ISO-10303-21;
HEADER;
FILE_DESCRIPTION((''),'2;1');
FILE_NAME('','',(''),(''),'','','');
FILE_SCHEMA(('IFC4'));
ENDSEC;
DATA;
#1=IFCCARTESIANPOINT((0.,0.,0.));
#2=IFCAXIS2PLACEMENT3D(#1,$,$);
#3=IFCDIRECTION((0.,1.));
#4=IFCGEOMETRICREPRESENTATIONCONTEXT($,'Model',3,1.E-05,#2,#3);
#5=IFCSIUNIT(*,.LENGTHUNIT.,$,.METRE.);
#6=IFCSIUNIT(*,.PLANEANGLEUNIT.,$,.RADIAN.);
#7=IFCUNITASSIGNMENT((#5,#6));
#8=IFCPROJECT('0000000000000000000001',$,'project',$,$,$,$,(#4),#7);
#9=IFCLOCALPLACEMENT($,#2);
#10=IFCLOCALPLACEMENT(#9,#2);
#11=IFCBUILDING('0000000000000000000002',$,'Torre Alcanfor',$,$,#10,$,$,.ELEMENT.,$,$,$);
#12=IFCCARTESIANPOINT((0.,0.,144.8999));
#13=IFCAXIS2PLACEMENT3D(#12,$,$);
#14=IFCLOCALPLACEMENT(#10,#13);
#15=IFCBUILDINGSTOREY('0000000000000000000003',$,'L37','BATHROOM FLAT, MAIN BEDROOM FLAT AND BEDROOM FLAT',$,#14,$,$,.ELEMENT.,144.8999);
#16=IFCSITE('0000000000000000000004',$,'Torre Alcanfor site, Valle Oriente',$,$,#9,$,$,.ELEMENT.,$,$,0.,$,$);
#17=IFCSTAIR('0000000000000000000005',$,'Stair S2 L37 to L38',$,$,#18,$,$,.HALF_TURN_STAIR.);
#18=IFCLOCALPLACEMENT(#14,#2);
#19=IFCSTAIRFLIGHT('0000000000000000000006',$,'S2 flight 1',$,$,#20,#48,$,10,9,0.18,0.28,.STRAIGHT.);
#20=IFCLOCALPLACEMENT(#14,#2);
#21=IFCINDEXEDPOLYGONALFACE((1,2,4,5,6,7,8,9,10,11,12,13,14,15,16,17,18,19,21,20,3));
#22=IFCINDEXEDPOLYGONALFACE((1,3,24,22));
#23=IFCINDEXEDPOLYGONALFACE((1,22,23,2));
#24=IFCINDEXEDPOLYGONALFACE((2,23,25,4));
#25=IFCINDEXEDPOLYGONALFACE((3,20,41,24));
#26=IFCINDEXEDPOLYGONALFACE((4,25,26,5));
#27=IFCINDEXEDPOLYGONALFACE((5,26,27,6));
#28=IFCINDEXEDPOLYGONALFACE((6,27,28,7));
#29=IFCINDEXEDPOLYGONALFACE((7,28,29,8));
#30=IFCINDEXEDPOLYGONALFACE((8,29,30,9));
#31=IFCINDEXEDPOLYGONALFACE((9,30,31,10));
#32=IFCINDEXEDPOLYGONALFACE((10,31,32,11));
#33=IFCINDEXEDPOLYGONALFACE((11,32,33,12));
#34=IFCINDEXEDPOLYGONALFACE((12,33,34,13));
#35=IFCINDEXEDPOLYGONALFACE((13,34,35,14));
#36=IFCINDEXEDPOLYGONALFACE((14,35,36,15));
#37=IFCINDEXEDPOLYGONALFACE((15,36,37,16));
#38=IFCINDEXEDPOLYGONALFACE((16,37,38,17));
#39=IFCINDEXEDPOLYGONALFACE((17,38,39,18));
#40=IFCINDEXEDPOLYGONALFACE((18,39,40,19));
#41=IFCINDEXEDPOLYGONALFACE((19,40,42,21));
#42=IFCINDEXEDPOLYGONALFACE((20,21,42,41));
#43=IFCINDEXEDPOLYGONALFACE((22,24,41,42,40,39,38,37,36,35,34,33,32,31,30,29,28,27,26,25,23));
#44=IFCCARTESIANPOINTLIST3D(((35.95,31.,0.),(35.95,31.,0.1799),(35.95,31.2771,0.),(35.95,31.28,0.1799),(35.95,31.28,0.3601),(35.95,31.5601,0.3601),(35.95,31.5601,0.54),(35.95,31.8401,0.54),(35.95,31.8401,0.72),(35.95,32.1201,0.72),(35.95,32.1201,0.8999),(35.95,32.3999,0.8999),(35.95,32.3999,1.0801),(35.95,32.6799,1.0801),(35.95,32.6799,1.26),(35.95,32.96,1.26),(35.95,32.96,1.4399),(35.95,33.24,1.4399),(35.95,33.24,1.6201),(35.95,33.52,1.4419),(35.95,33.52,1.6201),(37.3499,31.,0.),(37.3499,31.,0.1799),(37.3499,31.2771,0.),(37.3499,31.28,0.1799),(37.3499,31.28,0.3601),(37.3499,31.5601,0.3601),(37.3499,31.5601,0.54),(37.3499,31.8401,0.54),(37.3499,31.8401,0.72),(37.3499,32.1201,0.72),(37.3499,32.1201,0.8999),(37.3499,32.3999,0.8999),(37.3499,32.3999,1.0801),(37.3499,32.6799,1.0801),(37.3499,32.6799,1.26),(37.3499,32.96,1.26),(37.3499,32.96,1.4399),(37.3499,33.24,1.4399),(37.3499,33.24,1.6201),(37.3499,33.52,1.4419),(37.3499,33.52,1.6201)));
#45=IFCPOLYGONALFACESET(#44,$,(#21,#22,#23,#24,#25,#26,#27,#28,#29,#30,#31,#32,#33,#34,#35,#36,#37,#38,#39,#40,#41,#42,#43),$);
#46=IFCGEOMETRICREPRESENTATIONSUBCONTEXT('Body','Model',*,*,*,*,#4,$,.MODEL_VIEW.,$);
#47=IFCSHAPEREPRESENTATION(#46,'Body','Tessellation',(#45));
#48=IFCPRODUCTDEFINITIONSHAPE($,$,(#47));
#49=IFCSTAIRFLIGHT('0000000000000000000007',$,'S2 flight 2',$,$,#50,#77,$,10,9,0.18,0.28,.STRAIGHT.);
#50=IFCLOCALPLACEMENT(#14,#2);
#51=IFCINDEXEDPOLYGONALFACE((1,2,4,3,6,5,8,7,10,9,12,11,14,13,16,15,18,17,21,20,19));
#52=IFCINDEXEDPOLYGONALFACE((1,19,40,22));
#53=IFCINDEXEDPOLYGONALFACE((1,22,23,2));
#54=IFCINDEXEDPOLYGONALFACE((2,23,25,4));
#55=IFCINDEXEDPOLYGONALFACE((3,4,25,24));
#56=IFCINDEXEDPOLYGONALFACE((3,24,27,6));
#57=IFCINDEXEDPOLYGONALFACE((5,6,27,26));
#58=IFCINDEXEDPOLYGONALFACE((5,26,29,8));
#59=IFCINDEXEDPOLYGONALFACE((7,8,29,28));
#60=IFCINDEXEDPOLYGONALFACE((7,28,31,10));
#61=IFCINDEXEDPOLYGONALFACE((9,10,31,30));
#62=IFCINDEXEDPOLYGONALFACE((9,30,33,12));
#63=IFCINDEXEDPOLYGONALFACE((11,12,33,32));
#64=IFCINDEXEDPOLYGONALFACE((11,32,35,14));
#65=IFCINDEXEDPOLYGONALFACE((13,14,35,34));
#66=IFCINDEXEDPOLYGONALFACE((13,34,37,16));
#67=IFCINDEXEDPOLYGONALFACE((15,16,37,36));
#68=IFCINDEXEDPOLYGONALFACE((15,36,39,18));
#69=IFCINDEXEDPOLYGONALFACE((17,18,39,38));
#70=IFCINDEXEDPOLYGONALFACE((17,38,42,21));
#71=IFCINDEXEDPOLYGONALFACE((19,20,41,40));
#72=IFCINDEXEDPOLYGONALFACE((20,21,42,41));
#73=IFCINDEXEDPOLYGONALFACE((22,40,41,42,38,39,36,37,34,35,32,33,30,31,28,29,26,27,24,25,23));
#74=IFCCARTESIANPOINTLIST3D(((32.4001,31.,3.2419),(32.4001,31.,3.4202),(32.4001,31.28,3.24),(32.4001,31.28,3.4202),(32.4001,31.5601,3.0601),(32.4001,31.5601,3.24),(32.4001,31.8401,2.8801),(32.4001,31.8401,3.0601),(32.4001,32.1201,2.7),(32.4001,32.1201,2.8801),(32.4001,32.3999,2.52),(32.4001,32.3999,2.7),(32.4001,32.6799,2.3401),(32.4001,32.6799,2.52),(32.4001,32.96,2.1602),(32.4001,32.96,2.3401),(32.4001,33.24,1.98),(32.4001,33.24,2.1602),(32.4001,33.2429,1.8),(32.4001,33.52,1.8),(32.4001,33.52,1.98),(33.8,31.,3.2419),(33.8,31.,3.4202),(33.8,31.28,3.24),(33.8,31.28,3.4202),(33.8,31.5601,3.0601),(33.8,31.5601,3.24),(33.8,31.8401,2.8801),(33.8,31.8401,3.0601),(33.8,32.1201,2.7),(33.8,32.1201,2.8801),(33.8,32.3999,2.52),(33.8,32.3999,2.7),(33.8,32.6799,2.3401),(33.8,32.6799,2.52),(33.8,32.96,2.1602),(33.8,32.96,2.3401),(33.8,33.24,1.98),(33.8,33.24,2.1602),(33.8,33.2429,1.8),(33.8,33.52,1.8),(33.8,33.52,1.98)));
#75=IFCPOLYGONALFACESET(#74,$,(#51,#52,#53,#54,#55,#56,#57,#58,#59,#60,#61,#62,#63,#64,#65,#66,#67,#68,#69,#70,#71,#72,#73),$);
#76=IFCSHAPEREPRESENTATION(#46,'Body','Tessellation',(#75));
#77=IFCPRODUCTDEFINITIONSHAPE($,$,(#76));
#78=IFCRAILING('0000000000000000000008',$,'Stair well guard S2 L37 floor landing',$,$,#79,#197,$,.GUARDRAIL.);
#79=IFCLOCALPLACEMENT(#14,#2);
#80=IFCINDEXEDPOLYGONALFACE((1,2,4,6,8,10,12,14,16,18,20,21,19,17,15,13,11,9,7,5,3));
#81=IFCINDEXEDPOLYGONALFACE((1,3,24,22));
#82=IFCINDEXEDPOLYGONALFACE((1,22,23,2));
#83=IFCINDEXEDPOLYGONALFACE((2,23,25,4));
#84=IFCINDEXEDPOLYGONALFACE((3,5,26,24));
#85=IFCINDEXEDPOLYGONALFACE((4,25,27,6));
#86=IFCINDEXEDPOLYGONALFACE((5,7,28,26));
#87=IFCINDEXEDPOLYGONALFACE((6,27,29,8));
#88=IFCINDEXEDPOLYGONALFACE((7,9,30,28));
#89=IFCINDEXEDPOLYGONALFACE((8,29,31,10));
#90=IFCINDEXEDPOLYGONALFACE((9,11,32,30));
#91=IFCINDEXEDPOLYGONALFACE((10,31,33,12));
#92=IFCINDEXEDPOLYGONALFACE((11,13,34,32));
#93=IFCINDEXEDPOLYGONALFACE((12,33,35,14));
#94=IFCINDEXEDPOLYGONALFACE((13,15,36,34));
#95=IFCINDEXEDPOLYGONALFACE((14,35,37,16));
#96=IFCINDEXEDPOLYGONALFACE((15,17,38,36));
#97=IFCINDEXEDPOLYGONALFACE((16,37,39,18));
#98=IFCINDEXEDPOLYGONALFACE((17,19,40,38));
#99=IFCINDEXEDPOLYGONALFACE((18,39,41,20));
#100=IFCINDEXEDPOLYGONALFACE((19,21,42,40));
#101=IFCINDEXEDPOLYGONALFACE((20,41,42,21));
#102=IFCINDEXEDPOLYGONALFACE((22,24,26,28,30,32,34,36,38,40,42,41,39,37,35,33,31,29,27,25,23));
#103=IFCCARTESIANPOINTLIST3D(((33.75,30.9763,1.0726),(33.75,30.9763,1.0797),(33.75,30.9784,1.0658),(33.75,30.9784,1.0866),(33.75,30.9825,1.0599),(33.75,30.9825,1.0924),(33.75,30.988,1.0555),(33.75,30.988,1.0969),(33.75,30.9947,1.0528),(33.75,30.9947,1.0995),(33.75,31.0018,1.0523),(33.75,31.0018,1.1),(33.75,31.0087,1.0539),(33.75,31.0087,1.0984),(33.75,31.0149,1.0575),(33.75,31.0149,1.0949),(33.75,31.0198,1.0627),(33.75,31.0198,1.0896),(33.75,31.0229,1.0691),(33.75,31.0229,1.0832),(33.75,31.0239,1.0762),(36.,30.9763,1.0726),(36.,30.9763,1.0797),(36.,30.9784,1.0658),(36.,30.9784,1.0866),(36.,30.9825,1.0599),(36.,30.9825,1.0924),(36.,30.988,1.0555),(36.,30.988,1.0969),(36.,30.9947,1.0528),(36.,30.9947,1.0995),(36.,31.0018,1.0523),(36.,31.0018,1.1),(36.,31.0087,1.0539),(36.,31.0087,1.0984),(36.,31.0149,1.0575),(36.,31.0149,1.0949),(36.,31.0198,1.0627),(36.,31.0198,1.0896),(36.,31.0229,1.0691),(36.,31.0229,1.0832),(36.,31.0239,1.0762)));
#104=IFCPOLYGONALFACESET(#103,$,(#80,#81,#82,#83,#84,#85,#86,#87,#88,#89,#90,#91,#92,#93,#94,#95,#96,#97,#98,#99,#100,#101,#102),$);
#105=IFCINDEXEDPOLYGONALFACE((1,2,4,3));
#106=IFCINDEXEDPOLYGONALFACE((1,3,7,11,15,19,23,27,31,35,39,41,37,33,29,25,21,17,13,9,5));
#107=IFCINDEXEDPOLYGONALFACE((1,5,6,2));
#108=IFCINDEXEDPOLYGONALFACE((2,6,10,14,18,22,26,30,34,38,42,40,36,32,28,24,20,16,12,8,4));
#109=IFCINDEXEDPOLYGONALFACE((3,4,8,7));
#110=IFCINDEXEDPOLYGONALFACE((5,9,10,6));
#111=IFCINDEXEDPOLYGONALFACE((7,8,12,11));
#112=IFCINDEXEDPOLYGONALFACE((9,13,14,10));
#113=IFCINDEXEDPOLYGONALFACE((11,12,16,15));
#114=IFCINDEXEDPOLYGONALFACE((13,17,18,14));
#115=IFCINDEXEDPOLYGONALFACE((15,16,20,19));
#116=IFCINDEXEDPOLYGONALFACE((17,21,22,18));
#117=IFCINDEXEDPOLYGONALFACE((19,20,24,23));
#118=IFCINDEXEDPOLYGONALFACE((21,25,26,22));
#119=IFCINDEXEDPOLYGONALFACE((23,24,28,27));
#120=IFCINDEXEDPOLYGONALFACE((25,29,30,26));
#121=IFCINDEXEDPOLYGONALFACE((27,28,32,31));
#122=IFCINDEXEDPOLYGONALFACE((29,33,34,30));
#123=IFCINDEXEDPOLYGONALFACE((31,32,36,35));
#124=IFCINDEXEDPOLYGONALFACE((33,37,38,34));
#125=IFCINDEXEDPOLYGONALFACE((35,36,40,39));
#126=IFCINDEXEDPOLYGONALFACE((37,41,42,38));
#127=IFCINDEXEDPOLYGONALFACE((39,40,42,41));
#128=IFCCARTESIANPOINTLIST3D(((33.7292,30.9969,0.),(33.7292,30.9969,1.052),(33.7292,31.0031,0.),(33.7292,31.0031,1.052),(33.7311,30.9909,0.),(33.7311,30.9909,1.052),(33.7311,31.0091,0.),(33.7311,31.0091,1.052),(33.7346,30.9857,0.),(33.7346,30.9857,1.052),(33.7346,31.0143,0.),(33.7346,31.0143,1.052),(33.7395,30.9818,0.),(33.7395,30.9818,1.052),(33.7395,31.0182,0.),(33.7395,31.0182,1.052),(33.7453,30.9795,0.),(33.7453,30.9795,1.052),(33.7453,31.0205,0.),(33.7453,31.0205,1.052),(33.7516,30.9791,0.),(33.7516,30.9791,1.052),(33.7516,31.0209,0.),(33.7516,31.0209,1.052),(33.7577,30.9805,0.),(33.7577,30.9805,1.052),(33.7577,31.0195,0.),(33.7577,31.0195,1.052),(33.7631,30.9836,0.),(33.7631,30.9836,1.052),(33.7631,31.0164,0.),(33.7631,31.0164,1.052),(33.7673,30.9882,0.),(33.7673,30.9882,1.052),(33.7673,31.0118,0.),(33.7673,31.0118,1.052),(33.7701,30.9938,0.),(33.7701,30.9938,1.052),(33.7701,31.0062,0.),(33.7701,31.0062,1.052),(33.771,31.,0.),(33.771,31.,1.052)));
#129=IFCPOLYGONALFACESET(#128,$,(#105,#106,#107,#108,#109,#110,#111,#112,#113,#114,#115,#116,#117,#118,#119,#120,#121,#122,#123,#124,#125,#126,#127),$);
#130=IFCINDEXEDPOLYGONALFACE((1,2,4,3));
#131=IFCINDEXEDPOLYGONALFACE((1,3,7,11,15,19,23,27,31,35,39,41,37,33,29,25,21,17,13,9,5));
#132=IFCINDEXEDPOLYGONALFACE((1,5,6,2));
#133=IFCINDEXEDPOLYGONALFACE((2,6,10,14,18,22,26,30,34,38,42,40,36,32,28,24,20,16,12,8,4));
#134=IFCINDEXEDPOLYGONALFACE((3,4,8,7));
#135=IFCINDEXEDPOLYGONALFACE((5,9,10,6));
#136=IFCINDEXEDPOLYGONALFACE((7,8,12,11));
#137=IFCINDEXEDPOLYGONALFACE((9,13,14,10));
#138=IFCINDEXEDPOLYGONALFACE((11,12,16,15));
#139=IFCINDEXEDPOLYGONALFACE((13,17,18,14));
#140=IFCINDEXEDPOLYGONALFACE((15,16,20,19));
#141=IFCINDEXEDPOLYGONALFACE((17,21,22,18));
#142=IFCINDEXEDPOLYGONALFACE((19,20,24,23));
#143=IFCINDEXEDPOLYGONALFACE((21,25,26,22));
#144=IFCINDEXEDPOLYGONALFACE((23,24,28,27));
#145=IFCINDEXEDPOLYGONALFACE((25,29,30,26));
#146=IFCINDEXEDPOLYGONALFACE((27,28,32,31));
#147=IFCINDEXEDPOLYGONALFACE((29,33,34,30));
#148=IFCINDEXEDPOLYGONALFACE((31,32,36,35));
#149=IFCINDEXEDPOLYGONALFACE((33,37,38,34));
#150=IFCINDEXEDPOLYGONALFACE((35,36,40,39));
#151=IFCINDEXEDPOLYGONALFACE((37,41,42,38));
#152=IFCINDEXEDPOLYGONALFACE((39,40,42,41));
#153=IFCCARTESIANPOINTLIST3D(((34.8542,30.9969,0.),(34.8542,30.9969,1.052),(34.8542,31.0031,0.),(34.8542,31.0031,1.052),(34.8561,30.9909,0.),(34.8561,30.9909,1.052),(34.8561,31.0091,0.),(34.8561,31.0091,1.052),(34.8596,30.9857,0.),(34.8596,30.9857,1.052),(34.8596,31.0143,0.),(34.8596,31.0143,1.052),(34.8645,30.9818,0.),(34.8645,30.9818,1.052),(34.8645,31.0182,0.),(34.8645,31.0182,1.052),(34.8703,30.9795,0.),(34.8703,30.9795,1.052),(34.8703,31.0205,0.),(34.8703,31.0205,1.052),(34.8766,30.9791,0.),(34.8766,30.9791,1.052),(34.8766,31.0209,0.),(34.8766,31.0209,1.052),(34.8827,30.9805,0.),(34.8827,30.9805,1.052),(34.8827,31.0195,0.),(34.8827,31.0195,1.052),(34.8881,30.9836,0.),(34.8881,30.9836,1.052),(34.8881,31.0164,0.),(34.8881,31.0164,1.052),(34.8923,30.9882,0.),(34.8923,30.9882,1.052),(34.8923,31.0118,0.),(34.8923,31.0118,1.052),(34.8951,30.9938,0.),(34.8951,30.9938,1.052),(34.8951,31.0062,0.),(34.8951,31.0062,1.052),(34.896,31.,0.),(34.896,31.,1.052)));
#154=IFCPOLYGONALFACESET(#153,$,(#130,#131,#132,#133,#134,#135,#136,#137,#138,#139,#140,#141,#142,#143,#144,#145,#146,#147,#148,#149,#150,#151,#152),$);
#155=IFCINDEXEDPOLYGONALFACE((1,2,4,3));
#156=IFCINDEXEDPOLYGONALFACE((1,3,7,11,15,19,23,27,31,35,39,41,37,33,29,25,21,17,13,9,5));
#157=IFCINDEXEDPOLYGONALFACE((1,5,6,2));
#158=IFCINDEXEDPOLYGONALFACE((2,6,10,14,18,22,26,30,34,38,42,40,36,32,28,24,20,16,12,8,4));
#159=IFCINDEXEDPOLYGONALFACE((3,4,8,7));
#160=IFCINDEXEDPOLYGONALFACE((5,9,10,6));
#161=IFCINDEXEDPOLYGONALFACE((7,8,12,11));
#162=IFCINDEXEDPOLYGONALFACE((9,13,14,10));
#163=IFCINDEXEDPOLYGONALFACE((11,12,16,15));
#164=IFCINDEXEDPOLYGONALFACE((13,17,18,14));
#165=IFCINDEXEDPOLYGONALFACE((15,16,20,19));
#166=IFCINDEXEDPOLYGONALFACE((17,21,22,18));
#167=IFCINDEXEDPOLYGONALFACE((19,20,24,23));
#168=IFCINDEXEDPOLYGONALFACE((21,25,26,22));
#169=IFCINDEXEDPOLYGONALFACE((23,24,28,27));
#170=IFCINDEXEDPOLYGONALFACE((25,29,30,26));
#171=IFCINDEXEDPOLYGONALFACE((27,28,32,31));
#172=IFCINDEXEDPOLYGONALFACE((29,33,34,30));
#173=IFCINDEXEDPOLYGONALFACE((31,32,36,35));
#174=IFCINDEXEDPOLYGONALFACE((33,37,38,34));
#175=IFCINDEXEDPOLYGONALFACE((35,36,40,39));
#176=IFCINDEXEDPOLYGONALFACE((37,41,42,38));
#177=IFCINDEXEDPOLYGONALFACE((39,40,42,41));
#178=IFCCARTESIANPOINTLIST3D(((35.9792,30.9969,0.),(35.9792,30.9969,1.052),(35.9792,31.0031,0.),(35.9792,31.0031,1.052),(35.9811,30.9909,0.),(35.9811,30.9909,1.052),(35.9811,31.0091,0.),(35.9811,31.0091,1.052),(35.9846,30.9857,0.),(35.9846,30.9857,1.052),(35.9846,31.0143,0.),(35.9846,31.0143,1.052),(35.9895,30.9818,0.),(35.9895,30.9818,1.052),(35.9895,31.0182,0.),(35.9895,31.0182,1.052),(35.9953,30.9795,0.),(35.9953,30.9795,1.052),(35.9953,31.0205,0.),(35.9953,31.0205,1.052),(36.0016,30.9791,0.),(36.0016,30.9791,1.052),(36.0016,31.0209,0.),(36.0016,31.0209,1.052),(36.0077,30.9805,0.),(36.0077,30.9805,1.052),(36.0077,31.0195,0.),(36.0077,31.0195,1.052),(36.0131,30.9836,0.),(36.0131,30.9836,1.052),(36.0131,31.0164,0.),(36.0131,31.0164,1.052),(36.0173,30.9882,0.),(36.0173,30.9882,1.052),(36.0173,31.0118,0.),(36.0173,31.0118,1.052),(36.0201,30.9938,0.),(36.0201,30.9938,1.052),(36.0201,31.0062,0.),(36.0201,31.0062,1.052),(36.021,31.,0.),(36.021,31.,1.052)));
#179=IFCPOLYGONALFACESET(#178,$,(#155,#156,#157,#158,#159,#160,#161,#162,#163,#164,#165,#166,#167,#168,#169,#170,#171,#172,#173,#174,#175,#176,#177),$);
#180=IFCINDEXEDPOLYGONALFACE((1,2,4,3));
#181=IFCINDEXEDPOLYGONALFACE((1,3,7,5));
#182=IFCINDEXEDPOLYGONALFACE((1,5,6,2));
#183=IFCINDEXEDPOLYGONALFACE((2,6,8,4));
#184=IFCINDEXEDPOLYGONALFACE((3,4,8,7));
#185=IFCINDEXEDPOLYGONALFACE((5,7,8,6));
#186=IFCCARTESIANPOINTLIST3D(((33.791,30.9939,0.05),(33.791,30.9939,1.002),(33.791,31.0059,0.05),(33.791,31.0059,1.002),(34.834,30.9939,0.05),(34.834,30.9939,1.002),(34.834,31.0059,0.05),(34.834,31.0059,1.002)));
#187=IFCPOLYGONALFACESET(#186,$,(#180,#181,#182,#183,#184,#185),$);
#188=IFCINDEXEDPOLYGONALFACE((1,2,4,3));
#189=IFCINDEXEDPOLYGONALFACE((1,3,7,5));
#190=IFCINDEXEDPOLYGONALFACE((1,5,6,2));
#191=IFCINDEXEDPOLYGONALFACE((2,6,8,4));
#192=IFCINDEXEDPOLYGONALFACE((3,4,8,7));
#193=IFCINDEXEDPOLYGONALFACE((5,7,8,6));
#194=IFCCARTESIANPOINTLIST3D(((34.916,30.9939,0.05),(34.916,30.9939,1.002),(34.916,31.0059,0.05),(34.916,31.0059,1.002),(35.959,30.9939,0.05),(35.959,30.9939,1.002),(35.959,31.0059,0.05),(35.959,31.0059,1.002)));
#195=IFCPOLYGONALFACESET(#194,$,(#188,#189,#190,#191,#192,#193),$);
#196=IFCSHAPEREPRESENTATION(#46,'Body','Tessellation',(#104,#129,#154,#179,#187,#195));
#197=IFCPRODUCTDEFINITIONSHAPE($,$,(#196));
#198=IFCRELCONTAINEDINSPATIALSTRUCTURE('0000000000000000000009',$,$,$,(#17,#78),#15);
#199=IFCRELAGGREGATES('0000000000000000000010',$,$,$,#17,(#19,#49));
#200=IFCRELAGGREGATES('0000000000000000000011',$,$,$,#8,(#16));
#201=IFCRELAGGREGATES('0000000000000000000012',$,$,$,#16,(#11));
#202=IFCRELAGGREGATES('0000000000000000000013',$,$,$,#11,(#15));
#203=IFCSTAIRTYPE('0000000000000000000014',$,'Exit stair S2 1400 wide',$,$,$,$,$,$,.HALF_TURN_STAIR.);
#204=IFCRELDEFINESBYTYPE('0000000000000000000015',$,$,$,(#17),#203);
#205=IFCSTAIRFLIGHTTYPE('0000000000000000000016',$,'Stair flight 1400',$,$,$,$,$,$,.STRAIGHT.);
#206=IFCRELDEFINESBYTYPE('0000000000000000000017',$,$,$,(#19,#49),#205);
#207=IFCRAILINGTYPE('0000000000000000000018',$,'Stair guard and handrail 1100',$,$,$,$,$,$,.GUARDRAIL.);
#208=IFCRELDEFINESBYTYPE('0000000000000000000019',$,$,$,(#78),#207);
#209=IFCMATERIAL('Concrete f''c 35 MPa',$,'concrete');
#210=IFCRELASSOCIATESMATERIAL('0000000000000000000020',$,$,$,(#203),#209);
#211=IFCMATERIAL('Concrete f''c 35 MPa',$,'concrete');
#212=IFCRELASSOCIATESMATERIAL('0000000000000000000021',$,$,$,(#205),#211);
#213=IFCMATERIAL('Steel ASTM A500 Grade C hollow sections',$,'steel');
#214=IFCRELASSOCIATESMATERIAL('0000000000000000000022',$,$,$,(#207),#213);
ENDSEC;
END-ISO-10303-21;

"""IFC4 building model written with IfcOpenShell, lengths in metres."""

from ifc_helpers import new_model, si_unit, direction, frame, origin, origin_2d, place, context, subcontext, project, spatial, polyline, circle, outline, extrude, material, type_object, element, aggregate, save


model = new_model("IFC4")

# Units and contexts
model_context = context("Model", 3, precision=1e-05, world=origin(), true_north=direction((0.0, 1.0)))
body_context = subcontext(model_context, "Body", "Model", "MODEL_VIEW")
ifc_project = project(units=[si_unit("LENGTHUNIT", "METRE"), si_unit("PLANEANGLEUNIT", "RADIAN")], contexts=[model_context])

# Site, building, storey
site_placement = place(None, origin())
site = spatial("IfcSite", under=ifc_project, at=site_placement, Name="Torre Alcanfor site, Valle Oriente", CompositionType="ELEMENT", RefElevation=0.0)
building_placement = place(site_placement, origin())
building = spatial("IfcBuilding", under=site, at=building_placement, Name="Torre Alcanfor", CompositionType="ELEMENT")
storey_placement = place(building_placement, frame((0.0, 0.0, 144.8999)))
storey = spatial("IfcBuildingStorey", under=building, at=storey_placement, Name="L37", Description="BATHROOM FLAT, MAIN BEDROOM FLAT AND BEDROOM FLAT", CompositionType="ELEMENT", Elevation=144.8999)

# Stair, stair flights
ifc_material_1 = material(Name="Concrete f'c 35 MPa", Category="concrete")
stair_type = type_object("IfcStairType", Name="Exit stair S2 1400 wide", PredefinedType="HALF_TURN_STAIR", material=ifc_material_1)
stair_placement = place(storey_placement, origin())
stair = element("IfcStair", 1, at=stair_placement, inside=storey, type_object=stair_type, Name="Stair S2 L37 to L38", PredefinedType="HALF_TURN_STAIR")
ifc_material_2 = material(Name="Concrete f'c 35 MPa", Category="concrete")
stair_flight_type = type_object("IfcStairFlightType", Name="Stair flight 1400", PredefinedType="STRAIGHT", material=ifc_material_2)
stair_flight_1_placement = place(storey_placement, frame((36.6499, 31.0, 0.0), z_axis=(0.0, 0.0, 1.0), x_axis=(0.0, 1.0, 0.0)))
stair_flight_1 = element("IfcStairFlight", 2, at=stair_flight_1_placement, type_object=stair_flight_type, Name="S2 flight 1", NumberOfRisers=10, NumberOfTreads=9, PredefinedType="STRAIGHT", RiserHeight=0.18, TreadLength=0.28, context=body_context, shape_type="SweptSolid", body=[
    extrude(outline(polyline([(0.0, 0.0), (0.0, 0.1799), (0.28, 0.1799), (0.28, 0.3601), (0.5601, 0.3601), (0.5601, 0.54), (0.8401, 0.54), (0.8401, 0.72), (1.1201, 0.72), (1.1201, 0.8999), (1.3999, 0.8999), (1.3999, 1.0801), (1.6799, 1.0801), (1.6799, 1.26), (1.96, 1.26), (1.96, 1.4399), (2.24, 1.4399), (2.24, 1.6201), (2.52, 1.6201), (2.52, 1.8), (2.52, 1.4419), (0.2771, 0.0), (0.0, 0.0)])), frame((0.0, 0.7, 0.0), z_axis=(0.0, -1.0, 0.0), x_axis=(1.0, 0.0, 0.0)), (0.0, 0.0, 1.0), 1.3999),
])
stair_flight_2_placement = place(storey_placement, frame((33.1001, 33.52, 1.8), z_axis=(0.0, 0.0, 1.0), x_axis=(0.0, -1.0, 0.0)))
stair_flight_2 = element("IfcStairFlight", 3, at=stair_flight_2_placement, type_object=stair_flight_type, Name="S2 flight 2", NumberOfRisers=10, NumberOfTreads=9, PredefinedType="STRAIGHT", RiserHeight=0.18, TreadLength=0.28, context=body_context, shape_type="SweptSolid", body=[
    extrude(outline(polyline([(0.0, 0.0), (0.0, 0.1799), (0.28, 0.1799), (0.28, 0.3601), (0.5601, 0.3601), (0.5601, 0.54), (0.8401, 0.54), (0.8401, 0.72), (1.1201, 0.72), (1.1201, 0.8999), (1.3999, 0.8999), (1.3999, 1.0801), (1.6799, 1.0801), (1.6799, 1.26), (1.96, 1.26), (1.96, 1.4399), (2.24, 1.4399), (2.24, 1.6201), (2.52, 1.6201), (2.52, 1.8), (2.52, 1.4419), (0.2771, 0.0), (0.0, 0.0)])), frame((0.0, 0.7, 0.0), z_axis=(0.0, -1.0, 0.0), x_axis=(1.0, 0.0, 0.0)), (0.0, 0.0, 1.0), 1.3999),
])
aggregate(stair, [stair_flight_1, stair_flight_2])

# Railing
ifc_material_3 = material(Name="Steel ASTM A500 Grade C hollow sections", Category="steel")
railing_type_1 = type_object("IfcRailingType", Name="Stair guard and handrail 1100", PredefinedType="GUARDRAIL", material=ifc_material_3)
for number, where, name in (
    (4, (33.75, 31.0, 0.0), "Stair well guard S2 L37 floor landing"),
):
    element("IfcRailing", number, at=place(storey_placement, frame(where)), inside=storey, type_object=railing_type_1, Name=name, PredefinedType="GUARDRAIL", context=body_context, shape_type="SweptSolid", body=[
        extrude(circle(Radius=0.0239, at=origin_2d()), frame((0.0, 0.0, 1.0762), z_axis=(1.0, 0.0, 0.0), x_axis=(0.0, 1.0, 0.0)), (0.0, 0.0, 1.0), 2.25),
        extrude(circle(Radius=0.021, at=origin_2d()), origin(), (0.0, 0.0, 1.0), 1.052),
        extrude(circle(Radius=0.021, at=origin_2d()), frame((1.125, 0.0, 0.0)), (0.0, 0.0, 1.0), 1.052),
        extrude(circle(Radius=0.021, at=origin_2d()), frame((2.25, 0.0, 0.0)), (0.0, 0.0, 1.0), 1.052),
        extrude(outline(polyline([(0.041, 0.05), (1.084, 0.05), (1.084, 1.002), (0.041, 1.002), (0.041, 0.05)])), frame((0.0, 0.0059, 0.0), z_axis=(0.0, -1.0, 0.0), x_axis=(1.0, 0.0, 0.0)), (0.0, 0.0, 1.0), 0.012),
        extrude(outline(polyline([(1.166, 0.05), (2.209, 0.05), (2.209, 1.002), (1.166, 1.002), (1.166, 0.05)])), frame((0.0, 0.0059, 0.0), z_axis=(0.0, -1.0, 0.0), x_axis=(1.0, 0.0, 0.0)), (0.0, 0.0, 1.0), 0.012),
    ])

save(model, "model.ifc")
